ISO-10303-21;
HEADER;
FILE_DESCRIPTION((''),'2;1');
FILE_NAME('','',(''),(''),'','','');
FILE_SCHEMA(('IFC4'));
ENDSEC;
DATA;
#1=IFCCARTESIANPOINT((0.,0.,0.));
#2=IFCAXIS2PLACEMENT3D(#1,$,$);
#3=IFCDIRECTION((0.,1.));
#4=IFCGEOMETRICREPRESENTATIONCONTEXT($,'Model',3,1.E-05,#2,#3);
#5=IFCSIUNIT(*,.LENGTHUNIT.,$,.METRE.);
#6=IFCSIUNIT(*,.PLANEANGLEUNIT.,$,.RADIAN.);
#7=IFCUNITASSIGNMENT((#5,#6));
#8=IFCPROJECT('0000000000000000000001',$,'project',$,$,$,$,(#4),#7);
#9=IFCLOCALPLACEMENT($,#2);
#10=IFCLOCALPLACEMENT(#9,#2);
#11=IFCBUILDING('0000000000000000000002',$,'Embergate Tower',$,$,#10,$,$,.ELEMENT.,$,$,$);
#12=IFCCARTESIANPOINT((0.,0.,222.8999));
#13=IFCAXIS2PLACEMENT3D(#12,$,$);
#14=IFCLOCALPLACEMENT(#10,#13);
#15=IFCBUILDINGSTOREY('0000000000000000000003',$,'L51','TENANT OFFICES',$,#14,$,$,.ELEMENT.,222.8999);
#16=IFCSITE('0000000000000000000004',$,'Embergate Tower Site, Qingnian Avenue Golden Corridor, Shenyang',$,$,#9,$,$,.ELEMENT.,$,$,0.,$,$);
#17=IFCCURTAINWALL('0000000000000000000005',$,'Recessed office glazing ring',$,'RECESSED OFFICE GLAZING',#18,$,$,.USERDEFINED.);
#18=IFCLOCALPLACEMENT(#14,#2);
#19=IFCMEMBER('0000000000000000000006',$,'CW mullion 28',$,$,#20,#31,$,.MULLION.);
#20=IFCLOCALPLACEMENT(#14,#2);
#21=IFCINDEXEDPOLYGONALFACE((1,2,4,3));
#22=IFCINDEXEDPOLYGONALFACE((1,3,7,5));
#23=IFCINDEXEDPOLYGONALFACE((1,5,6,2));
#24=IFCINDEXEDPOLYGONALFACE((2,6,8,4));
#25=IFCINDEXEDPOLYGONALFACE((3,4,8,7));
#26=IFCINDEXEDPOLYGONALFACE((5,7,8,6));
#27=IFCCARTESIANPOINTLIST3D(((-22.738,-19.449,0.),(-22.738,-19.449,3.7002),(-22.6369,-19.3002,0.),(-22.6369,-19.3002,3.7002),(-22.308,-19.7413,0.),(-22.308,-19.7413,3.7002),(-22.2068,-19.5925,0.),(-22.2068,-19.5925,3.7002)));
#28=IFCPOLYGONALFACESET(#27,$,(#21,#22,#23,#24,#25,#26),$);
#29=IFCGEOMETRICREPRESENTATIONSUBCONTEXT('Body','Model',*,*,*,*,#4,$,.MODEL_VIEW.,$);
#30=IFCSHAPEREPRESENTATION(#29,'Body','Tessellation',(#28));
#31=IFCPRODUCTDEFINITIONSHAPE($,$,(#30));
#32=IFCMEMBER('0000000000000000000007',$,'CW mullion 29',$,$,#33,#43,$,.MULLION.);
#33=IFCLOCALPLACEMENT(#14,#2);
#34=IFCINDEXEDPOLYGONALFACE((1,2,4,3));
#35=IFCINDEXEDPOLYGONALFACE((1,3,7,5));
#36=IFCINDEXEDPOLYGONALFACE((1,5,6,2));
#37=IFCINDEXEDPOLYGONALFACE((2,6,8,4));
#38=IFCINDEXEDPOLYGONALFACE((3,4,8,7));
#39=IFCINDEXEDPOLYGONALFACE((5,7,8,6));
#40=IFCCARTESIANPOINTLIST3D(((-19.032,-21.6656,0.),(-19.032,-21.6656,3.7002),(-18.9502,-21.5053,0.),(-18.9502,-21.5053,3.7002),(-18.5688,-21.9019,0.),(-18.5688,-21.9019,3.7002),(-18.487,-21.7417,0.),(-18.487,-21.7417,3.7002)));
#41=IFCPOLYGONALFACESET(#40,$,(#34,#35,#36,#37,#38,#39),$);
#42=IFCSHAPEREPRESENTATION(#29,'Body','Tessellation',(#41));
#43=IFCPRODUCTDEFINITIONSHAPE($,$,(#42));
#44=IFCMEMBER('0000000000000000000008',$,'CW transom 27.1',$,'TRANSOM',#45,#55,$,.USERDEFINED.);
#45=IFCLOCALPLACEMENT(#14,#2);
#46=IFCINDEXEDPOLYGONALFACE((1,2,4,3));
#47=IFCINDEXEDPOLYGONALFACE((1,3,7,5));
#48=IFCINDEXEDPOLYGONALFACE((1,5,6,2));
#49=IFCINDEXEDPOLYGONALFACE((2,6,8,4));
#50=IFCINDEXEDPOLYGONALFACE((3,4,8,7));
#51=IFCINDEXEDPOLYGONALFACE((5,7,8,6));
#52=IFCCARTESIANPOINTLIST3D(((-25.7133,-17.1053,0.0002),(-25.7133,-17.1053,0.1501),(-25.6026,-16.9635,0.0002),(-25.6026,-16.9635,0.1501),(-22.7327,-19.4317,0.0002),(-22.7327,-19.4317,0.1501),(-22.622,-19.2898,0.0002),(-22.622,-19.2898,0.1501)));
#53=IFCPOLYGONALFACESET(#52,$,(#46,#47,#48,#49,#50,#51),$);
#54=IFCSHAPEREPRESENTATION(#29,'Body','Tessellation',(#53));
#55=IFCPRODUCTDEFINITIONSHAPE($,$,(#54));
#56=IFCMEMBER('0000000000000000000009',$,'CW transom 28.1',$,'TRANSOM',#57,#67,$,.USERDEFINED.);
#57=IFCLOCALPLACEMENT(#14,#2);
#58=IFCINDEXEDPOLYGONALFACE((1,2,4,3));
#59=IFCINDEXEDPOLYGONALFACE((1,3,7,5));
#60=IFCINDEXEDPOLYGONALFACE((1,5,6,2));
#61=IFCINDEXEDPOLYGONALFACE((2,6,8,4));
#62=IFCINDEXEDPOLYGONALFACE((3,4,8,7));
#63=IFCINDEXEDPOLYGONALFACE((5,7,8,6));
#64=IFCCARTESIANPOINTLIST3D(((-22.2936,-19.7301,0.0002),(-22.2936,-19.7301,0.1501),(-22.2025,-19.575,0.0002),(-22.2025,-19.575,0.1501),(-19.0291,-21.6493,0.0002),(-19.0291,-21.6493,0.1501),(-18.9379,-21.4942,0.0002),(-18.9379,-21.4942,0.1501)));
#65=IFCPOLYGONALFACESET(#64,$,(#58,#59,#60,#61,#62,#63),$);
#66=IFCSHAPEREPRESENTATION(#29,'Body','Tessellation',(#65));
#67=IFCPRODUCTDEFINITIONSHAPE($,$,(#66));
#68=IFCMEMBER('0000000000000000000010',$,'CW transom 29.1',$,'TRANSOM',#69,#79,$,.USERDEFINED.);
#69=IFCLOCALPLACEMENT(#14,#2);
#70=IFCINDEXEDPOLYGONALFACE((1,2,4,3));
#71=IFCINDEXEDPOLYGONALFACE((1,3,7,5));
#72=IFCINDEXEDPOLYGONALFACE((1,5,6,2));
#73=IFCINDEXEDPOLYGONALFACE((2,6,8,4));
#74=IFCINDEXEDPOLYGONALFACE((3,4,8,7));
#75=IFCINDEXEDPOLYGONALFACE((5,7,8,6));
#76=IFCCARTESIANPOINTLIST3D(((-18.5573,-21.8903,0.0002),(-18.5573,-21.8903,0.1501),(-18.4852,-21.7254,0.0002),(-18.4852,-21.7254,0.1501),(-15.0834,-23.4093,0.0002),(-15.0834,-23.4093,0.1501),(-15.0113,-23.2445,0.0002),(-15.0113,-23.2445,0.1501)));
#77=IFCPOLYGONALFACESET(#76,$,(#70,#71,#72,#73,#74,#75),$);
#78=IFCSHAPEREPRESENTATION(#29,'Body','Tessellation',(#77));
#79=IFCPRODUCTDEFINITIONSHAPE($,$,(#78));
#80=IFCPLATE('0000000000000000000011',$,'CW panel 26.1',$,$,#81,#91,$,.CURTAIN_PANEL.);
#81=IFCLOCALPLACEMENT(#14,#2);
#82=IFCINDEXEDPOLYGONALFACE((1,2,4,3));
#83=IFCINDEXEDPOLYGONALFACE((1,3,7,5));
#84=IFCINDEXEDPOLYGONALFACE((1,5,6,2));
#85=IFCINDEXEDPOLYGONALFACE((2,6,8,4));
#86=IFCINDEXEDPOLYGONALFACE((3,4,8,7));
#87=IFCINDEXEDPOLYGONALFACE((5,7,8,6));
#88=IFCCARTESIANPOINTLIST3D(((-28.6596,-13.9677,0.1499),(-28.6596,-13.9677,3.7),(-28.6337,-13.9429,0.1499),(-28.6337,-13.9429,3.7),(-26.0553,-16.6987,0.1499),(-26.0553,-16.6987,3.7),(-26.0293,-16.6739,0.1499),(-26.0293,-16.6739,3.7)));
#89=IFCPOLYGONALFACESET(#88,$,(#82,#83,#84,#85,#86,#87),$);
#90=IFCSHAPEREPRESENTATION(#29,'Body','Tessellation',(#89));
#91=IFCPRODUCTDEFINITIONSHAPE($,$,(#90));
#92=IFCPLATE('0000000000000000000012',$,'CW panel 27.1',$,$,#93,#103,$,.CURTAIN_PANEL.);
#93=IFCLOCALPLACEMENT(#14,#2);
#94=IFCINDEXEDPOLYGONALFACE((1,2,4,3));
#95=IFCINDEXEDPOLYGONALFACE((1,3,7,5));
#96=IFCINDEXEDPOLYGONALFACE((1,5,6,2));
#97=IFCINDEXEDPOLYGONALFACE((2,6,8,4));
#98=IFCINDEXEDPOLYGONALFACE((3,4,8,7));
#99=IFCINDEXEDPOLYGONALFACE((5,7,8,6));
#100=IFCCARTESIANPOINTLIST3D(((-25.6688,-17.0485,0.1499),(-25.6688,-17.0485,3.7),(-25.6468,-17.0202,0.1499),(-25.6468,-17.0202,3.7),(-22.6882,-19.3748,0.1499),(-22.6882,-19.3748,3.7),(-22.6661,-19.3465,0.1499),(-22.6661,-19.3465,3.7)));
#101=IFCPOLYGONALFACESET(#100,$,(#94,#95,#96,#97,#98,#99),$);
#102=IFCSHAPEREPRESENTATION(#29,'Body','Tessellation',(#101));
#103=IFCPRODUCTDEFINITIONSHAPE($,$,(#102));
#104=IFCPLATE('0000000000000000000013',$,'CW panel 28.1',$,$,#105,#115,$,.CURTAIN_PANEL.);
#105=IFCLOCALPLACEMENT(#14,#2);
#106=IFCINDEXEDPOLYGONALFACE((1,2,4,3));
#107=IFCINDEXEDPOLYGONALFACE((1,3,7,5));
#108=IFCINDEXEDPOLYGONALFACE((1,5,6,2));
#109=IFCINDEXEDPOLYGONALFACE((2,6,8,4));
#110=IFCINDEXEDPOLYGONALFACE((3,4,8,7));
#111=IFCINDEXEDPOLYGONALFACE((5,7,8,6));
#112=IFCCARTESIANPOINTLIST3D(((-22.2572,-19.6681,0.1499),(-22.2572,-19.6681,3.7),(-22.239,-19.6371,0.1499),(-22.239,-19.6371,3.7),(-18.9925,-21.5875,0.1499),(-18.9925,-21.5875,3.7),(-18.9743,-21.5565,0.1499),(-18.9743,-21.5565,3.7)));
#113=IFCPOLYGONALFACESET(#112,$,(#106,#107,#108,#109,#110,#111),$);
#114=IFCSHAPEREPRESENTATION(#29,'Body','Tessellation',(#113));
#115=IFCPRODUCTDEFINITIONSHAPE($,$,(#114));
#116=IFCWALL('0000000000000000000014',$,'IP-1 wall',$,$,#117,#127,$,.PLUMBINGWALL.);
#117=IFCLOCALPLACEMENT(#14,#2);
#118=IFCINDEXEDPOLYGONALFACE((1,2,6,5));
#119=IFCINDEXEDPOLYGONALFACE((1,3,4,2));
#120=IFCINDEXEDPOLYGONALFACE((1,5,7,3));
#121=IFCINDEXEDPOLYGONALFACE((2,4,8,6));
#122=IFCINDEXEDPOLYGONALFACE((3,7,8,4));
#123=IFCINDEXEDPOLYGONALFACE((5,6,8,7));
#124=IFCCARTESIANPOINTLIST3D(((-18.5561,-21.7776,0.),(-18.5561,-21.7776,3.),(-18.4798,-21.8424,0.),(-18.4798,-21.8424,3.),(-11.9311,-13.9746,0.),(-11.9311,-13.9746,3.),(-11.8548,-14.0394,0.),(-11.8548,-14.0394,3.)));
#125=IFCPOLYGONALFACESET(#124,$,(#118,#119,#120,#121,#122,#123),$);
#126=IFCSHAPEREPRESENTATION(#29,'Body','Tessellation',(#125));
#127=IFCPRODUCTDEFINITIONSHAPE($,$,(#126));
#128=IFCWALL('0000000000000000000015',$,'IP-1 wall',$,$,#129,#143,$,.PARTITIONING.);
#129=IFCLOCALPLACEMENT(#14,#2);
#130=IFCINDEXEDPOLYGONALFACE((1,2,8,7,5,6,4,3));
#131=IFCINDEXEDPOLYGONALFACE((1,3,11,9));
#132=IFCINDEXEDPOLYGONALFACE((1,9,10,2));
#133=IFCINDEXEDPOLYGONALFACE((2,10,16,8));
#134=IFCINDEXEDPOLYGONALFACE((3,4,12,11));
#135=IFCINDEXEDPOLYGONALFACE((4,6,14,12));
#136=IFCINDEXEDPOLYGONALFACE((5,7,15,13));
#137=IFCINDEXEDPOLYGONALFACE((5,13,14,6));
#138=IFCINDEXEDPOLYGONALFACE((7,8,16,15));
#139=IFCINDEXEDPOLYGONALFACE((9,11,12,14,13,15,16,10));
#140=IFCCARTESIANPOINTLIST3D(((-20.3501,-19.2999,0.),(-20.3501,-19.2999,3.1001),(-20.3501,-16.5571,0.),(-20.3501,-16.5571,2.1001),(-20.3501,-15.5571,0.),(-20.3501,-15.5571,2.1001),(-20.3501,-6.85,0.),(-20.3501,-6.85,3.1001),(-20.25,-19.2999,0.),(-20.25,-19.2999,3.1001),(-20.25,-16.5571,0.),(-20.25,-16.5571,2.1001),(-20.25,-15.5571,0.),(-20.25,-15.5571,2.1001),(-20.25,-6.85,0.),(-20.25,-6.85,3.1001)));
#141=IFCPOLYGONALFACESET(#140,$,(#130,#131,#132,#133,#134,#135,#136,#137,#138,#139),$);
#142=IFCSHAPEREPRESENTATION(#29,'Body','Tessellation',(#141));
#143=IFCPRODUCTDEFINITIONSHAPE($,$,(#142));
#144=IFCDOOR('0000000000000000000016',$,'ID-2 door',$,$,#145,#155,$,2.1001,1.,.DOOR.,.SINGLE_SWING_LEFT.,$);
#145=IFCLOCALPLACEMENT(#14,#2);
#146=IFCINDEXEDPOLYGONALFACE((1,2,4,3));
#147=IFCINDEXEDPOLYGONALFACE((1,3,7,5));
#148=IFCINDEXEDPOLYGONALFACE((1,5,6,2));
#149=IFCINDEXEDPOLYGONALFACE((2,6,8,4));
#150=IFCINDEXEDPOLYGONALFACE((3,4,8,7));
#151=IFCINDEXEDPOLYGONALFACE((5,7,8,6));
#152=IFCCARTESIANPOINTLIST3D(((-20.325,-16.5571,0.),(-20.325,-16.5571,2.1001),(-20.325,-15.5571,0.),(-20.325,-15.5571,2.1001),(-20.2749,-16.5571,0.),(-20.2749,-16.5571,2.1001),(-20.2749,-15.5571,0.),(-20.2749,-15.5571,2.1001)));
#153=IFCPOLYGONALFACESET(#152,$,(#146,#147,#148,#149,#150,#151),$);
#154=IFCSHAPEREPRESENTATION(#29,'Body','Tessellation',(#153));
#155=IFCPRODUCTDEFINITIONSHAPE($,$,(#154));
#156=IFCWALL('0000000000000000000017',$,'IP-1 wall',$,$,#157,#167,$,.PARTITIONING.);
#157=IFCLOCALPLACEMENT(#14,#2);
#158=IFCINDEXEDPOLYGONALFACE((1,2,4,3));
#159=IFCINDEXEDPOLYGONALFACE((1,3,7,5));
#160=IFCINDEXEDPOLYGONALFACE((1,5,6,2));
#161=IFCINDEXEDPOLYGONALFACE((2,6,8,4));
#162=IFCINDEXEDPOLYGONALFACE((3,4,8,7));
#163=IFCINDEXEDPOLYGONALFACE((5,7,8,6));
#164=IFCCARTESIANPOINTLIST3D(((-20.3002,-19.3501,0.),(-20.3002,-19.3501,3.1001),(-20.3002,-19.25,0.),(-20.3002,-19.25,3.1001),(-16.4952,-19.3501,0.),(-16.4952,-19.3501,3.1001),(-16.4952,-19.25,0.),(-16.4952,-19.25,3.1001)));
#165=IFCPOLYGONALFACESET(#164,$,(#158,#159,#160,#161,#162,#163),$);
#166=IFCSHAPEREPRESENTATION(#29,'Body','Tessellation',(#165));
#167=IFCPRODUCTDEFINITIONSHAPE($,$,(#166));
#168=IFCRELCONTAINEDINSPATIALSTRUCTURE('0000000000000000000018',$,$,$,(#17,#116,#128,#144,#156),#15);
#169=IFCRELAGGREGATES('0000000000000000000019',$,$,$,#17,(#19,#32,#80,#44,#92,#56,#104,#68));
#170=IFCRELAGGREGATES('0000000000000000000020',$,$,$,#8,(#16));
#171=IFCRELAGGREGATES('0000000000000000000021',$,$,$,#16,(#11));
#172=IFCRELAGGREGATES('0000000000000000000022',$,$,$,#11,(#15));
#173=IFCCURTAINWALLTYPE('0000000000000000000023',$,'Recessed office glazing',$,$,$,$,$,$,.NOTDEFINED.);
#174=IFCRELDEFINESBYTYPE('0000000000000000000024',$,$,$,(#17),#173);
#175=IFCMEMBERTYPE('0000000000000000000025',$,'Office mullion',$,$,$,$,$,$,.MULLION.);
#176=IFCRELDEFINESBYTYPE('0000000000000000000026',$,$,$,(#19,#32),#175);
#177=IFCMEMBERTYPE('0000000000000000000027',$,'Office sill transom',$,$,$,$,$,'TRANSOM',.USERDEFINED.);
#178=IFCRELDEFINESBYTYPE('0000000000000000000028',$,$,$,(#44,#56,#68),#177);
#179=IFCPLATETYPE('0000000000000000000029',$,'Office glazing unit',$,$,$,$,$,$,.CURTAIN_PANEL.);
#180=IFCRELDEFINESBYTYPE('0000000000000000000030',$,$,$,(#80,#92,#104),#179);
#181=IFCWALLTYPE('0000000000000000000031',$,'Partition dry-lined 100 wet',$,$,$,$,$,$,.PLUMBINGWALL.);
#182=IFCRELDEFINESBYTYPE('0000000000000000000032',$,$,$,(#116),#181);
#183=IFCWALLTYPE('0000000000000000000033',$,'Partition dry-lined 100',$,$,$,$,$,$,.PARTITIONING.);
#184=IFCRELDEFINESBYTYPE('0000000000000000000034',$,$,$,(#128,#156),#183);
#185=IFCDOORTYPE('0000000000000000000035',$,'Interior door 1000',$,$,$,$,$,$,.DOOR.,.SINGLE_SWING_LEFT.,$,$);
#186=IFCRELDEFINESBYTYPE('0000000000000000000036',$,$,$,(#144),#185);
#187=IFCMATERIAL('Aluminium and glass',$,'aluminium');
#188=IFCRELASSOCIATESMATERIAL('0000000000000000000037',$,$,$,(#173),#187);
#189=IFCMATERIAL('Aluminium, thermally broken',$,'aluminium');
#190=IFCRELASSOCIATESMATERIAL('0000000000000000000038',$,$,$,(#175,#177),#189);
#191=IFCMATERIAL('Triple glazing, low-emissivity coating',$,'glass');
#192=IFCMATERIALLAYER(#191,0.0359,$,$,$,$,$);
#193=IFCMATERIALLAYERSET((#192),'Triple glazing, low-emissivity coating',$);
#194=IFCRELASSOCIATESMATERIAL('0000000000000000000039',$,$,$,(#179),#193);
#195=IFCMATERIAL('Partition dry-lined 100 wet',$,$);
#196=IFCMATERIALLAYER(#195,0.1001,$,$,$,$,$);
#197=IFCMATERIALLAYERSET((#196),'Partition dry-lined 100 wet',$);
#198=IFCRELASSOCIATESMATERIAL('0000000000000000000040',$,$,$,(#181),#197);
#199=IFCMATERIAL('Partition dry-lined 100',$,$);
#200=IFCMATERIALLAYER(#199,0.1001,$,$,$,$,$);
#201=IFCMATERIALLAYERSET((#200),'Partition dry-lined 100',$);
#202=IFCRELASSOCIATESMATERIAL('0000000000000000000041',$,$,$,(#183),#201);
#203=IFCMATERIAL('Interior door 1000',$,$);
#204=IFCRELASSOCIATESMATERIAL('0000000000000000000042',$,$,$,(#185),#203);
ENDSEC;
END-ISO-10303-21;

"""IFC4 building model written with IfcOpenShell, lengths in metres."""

from ifc_helpers import new_model, si_unit, direction, frame, frame_2d, origin, origin_2d, place, context, subcontext, project, spatial, rectangle, extrude, source, transform, mapped, material, layer, layer_set, material_profile, profile_set, type_object, element, fill, aggregate, save


model = new_model("IFC4")

# Units and contexts
model_context = context("Model", 3, precision=1e-05, world=origin(), true_north=direction((0.0, 1.0)))
body_context = subcontext(model_context, "Body", "Model", "MODEL_VIEW")
ifc_project = project(units=[si_unit("LENGTHUNIT", "METRE"), si_unit("PLANEANGLEUNIT", "RADIAN")], contexts=[model_context])

# Site, building, storey
site_placement = place(None, origin())
site = spatial("IfcSite", under=ifc_project, at=site_placement, Name="Embergate Tower Site, Qingnian Avenue Golden Corridor, Shenyang", CompositionType="ELEMENT", RefElevation=0.0)
building_placement = place(site_placement, origin())
building = spatial("IfcBuilding", under=site, at=building_placement, Name="Embergate Tower", CompositionType="ELEMENT")
storey_placement = place(building_placement, frame((0.0, 0.0, 222.8999)))
storey = spatial("IfcBuildingStorey", under=building, at=storey_placement, Name="L51", Description="TENANT OFFICES", CompositionType="ELEMENT", Elevation=222.8999)

# Curtain wall, members, plates
ifc_material_1 = material(Name="Aluminium and glass", Category="aluminium")
curtain_wall_type = type_object("IfcCurtainWallType", Name="Recessed office glazing", PredefinedType="NOTDEFINED", material=ifc_material_1)
curtain_wall_placement = place(storey_placement, origin())
curtain_wall = element("IfcCurtainWall", 1, at=curtain_wall_placement, inside=storey, type_object=curtain_wall_type, Name="Recessed office glazing ring", ObjectType="RECESSED OFFICE GLAZING", PredefinedType="USERDEFINED")
ifc_material_2 = material(Name="Aluminium, thermally broken", Category="aluminium")
ifc_material_profile_1 = material_profile(ifc_material_2, rectangle(XDim=0.1799, YDim=0.52, at=origin_2d()), Name="AL 520x180")
ifc_profile_set_1 = profile_set([ifc_material_profile_1], Name="Aluminium, thermally broken")
member_type_1 = type_object("IfcMemberType", Name="Office mullion", PredefinedType="MULLION", material=ifc_profile_set_1)
shared_shape_1 = source(origin(), body_context, "Body", "SweptSolid", [
    extrude(rectangle(XDim=0.1799, YDim=0.52, at=origin_2d()), origin(), (0.0, 0.0, 1.0), 3.7002),
])
member_1_placement = place(storey_placement, frame((-22.4724, -19.5208, 0.0), z_axis=(0.0, 0.0, 1.0), x_axis=(0.562219, 0.826988, 0.0)))
member_1 = element("IfcMember", 2, at=member_1_placement, type_object=member_type_1, Name="CW mullion 28", PredefinedType="MULLION", context=body_context, shape_type="MappedRepresentation", body=[
    mapped(shared_shape_1, transform((0.0, 0.0, 0.0))),
])
member_2_placement = place(storey_placement, frame((-18.7595, -21.7036, 0.0), z_axis=(0.0, 0.0, 1.0), x_axis=(0.454513, 0.89074, 0.0)))
member_2 = element("IfcMember", 3, at=member_2_placement, type_object=member_type_1, Name="CW mullion 29", PredefinedType="MULLION", context=body_context, shape_type="MappedRepresentation", body=[
    mapped(shared_shape_1, transform((0.0, 0.0, 0.0))),
])
ifc_material_profile_2 = material_profile(ifc_material_2, rectangle(XDim=0.1799, YDim=0.1499, at=origin_2d()), Name="AL 150x180")
ifc_profile_set_2 = profile_set([ifc_material_profile_2], Name="Aluminium, thermally broken")
member_type_2 = type_object("IfcMemberType", Name="Office sill transom", ElementType="TRANSOM", PredefinedType="USERDEFINED", material=ifc_profile_set_2)
shared_shape_2 = source(origin(), body_context, "Body", "SweptSolid", [
    extrude(rectangle(XDim=0.1799, YDim=0.1499, at=origin_2d()), origin(), (0.0, 0.0, 1.0), 3.781),
])
member_3_placement = place(storey_placement, frame((-25.658, -17.0344, 0.0752), z_axis=(0.788315, -0.615272, 0.0), x_axis=(0.615272, 0.788315, 0.0)))
member_3 = element("IfcMember", 4, at=member_3_placement, type_object=member_type_2, Name="CW transom 27.1", ObjectType="TRANSOM", PredefinedType="USERDEFINED", context=body_context, shape_type="MappedRepresentation", body=[
    mapped(shared_shape_2, transform((0.0, 0.0, 0.0))),
])
shared_shape_3 = source(origin(), body_context, "Body", "SweptSolid", [
    extrude(rectangle(XDim=0.1799, YDim=0.1499, at=origin_2d()), origin(), (0.0, 0.0, 1.0), 3.7869),
])
member_4_placement = place(storey_placement, frame((-22.248, -19.6526, 0.0752), z_axis=(0.862072, -0.506786, 0.0), x_axis=(0.506786, 0.862072, 0.0)))
member_4 = element("IfcMember", 5, at=member_4_placement, type_object=member_type_2, Name="CW transom 28.1", ObjectType="TRANSOM", PredefinedType="USERDEFINED", context=body_context, shape_type="MappedRepresentation", body=[
    mapped(shared_shape_3, transform((0.0, 0.0, 0.0))),
])
shared_shape_4 = source(origin(), body_context, "Body", "SweptSolid", [
    extrude(rectangle(XDim=0.1799, YDim=0.1499, at=origin_2d()), origin(), (0.0, 0.0, 1.0), 3.7915),
])
member_5_placement = place(storey_placement, frame((-18.5212, -21.8079, 0.0752), z_axis=(0.916233, -0.400647, 0.0), x_axis=(0.400647, 0.916233, 0.0)))
member_5 = element("IfcMember", 6, at=member_5_placement, type_object=member_type_2, Name="CW transom 29.1", ObjectType="TRANSOM", PredefinedType="USERDEFINED", context=body_context, shape_type="MappedRepresentation", body=[
    mapped(shared_shape_4, transform((0.0, 0.0, 0.0))),
])
ifc_material_3 = material(Name="Triple glazing, low-emissivity coating", Category="glass")
ifc_layer_1 = layer(ifc_material_3, 0.0359)
ifc_layer_set_1 = layer_set([ifc_layer_1], Name="Triple glazing, low-emissivity coating")
plate_type = type_object("IfcPlateType", Name="Office glazing unit", PredefinedType="CURTAIN_PANEL", material=ifc_layer_set_1)
shared_shape_5 = source(origin(), body_context, "Body", "SweptSolid", [
    extrude(rectangle(XDim=3.7737, YDim=0.0359, at=origin_2d()), origin(), (0.0, 0.0, 1.0), 3.55),
])
plate_1_placement = place(storey_placement, frame((-27.3445, -15.3208, 0.1499), z_axis=(0.0, 0.0, 1.0), x_axis=(0.69013, -0.723685, 0.0)))
plate_1 = element("IfcPlate", 7, at=plate_1_placement, type_object=plate_type, Name="CW panel 26.1", PredefinedType="CURTAIN_PANEL", context=body_context, shape_type="MappedRepresentation", body=[
    mapped(shared_shape_5, transform((0.0, 0.0, 0.0))),
])
shared_shape_6 = source(origin(), body_context, "Body", "SweptSolid", [
    extrude(rectangle(XDim=3.781, YDim=0.0359, at=origin_2d()), origin(), (0.0, 0.0, 1.0), 3.55),
])
plate_2_placement = place(storey_placement, frame((-24.1675, -18.1975, 0.1499), z_axis=(0.0, 0.0, 1.0), x_axis=(0.788317, -0.615269, 0.0)))
plate_2 = element("IfcPlate", 8, at=plate_2_placement, type_object=plate_type, Name="CW panel 27.1", PredefinedType="CURTAIN_PANEL", context=body_context, shape_type="MappedRepresentation", body=[
    mapped(shared_shape_6, transform((0.0, 0.0, 0.0))),
])
shared_shape_7 = source(origin(), body_context, "Body", "SweptSolid", [
    extrude(rectangle(XDim=3.7871, YDim=0.0359, at=origin_2d()), origin(), (0.0, 0.0, 1.0), 3.55),
])
plate_3_placement = place(storey_placement, frame((-20.6157, -20.6123, 0.1499), z_axis=(0.0, 0.0, 1.0), x_axis=(0.862051, -0.506822, 0.0)))
plate_3 = element("IfcPlate", 9, at=plate_3_placement, type_object=plate_type, Name="CW panel 28.1", PredefinedType="CURTAIN_PANEL", context=body_context, shape_type="MappedRepresentation", body=[
    mapped(shared_shape_7, transform((0.0, 0.0, 0.0))),
])
aggregate(curtain_wall, [member_1, member_2, plate_1, member_3, plate_2, member_4, plate_3, member_5])

# Wall
ifc_material_4 = material(Name="Partition dry-lined 100 wet")
ifc_layer_2 = layer(ifc_material_4, 0.1001)
ifc_layer_set_2 = layer_set([ifc_layer_2], Name="Partition dry-lined 100 wet")
wall_type_1 = type_object("IfcWallType", Name="Partition dry-lined 100 wet", PredefinedType="PLUMBINGWALL", material=ifc_layer_set_2)
shared_shape_8 = source(origin(), body_context, "Body", "SweptSolid", [
    extrude(rectangle(XDim=10.2361, YDim=0.1001, at=frame_2d((5.1182, 0.0))), origin(), (0.0, 0.0, 1.0), 3.0),
])
wall_1_placement = place(storey_placement, frame((-18.5181, -21.8101, 0.0), z_axis=(0.0, 0.0, 1.0), x_axis=(0.647221, 0.762302, 0.0)))
element("IfcWall", 10, at=wall_1_placement, inside=storey, type_object=wall_type_1, Name="IP-1 wall", PredefinedType="PLUMBINGWALL", context=body_context, shape_type="MappedRepresentation", body=[
    mapped(shared_shape_8, transform((0.0, 0.0, 0.0))),
])

# Wall, opening, door
ifc_material_5 = material(Name="Partition dry-lined 100")
ifc_layer_3 = layer(ifc_material_5, 0.1001)
ifc_layer_set_3 = layer_set([ifc_layer_3], Name="Partition dry-lined 100")
wall_type_2 = type_object("IfcWallType", Name="Partition dry-lined 100", PredefinedType="PARTITIONING", material=ifc_layer_set_3)
shared_shape_9 = source(origin(), body_context, "Body", "SweptSolid", [
    extrude(rectangle(XDim=12.45, YDim=0.1001, at=frame_2d((6.2251, 0.0))), origin(), (0.0, 0.0, 1.0), 3.1001),
])
wall_2_placement = place(storey_placement, frame((-20.3, -19.3, 0.0), z_axis=(0.0, 0.0, 1.0), x_axis=(0.0, 1.0, 0.0)))
wall_2 = element("IfcWall", 11, at=wall_2_placement, inside=storey, type_object=wall_type_2, Name="IP-1 wall", PredefinedType="PARTITIONING", context=body_context, shape_type="MappedRepresentation", body=[
    mapped(shared_shape_9, transform((0.0, 0.0, 0.0))),
])
shared_shape_10 = source(origin(), body_context, "Body", "SweptSolid", [
    extrude(rectangle(XDim=1.0, YDim=2.1001, at=frame_2d((0.5, 1.05))), frame((0.0, 0.0601, 0.0), z_axis=(0.0, -1.0, 0.0), x_axis=(1.0, 0.0, 0.0)), (0.0, 0.0, 1.0), 0.1201),
])
opening_placement = place(wall_2_placement, frame((2.7429, 0.0, 0.0)))
opening = element("IfcOpeningElement", 12, at=opening_placement, cuts=wall_2, PredefinedType="OPENING", context=body_context, shape_type="MappedRepresentation", body=[
    mapped(shared_shape_10, transform((0.0, 0.0, 0.0))),
])
ifc_material_6 = material(Name="Interior door 1000")
door_type = type_object("IfcDoorType", Name="Interior door 1000", OperationType="SINGLE_SWING_LEFT", PredefinedType="DOOR", material=ifc_material_6)
shared_shape_11 = source(origin(), body_context, "Body", "SweptSolid", [
    extrude(rectangle(XDim=1.0, YDim=2.1001, at=frame_2d((0.5, 1.05))), frame((0.0, 0.0249, 0.0), z_axis=(0.0, -1.0, 0.0), x_axis=(1.0, 0.0, 0.0)), (0.0, 0.0, 1.0), 0.05),
])
door_placement = place(opening_placement, origin())
door = element("IfcDoor", 13, at=door_placement, inside=storey, type_object=door_type, Name="ID-2 door", OperationType="SINGLE_SWING_LEFT", OverallHeight=2.1001, OverallWidth=1.0, PredefinedType="DOOR", context=body_context, shape_type="MappedRepresentation", body=[
    mapped(shared_shape_11, transform((0.0, 0.0, 0.0))),
])
fill(opening, door)

# Wall
shared_shape_12 = source(origin(), body_context, "Body", "SweptSolid", [
    extrude(rectangle(XDim=3.8049, YDim=0.1001, at=frame_2d((1.9023, 0.0))), origin(), (0.0, 0.0, 1.0), 3.1001),
])
wall_3_placement = place(storey_placement, frame((-20.3, -19.3, 0.0), z_axis=(0.0, 0.0, 1.0), x_axis=(1.0, 0.0, 0.0)))
element("IfcWall", 14, at=wall_3_placement, inside=storey, type_object=wall_type_2, Name="IP-1 wall", PredefinedType="PARTITIONING", context=body_context, shape_type="MappedRepresentation", body=[
    mapped(shared_shape_12, transform((0.0, 0.0, 0.0))),
])

save(model, "model.ifc")
